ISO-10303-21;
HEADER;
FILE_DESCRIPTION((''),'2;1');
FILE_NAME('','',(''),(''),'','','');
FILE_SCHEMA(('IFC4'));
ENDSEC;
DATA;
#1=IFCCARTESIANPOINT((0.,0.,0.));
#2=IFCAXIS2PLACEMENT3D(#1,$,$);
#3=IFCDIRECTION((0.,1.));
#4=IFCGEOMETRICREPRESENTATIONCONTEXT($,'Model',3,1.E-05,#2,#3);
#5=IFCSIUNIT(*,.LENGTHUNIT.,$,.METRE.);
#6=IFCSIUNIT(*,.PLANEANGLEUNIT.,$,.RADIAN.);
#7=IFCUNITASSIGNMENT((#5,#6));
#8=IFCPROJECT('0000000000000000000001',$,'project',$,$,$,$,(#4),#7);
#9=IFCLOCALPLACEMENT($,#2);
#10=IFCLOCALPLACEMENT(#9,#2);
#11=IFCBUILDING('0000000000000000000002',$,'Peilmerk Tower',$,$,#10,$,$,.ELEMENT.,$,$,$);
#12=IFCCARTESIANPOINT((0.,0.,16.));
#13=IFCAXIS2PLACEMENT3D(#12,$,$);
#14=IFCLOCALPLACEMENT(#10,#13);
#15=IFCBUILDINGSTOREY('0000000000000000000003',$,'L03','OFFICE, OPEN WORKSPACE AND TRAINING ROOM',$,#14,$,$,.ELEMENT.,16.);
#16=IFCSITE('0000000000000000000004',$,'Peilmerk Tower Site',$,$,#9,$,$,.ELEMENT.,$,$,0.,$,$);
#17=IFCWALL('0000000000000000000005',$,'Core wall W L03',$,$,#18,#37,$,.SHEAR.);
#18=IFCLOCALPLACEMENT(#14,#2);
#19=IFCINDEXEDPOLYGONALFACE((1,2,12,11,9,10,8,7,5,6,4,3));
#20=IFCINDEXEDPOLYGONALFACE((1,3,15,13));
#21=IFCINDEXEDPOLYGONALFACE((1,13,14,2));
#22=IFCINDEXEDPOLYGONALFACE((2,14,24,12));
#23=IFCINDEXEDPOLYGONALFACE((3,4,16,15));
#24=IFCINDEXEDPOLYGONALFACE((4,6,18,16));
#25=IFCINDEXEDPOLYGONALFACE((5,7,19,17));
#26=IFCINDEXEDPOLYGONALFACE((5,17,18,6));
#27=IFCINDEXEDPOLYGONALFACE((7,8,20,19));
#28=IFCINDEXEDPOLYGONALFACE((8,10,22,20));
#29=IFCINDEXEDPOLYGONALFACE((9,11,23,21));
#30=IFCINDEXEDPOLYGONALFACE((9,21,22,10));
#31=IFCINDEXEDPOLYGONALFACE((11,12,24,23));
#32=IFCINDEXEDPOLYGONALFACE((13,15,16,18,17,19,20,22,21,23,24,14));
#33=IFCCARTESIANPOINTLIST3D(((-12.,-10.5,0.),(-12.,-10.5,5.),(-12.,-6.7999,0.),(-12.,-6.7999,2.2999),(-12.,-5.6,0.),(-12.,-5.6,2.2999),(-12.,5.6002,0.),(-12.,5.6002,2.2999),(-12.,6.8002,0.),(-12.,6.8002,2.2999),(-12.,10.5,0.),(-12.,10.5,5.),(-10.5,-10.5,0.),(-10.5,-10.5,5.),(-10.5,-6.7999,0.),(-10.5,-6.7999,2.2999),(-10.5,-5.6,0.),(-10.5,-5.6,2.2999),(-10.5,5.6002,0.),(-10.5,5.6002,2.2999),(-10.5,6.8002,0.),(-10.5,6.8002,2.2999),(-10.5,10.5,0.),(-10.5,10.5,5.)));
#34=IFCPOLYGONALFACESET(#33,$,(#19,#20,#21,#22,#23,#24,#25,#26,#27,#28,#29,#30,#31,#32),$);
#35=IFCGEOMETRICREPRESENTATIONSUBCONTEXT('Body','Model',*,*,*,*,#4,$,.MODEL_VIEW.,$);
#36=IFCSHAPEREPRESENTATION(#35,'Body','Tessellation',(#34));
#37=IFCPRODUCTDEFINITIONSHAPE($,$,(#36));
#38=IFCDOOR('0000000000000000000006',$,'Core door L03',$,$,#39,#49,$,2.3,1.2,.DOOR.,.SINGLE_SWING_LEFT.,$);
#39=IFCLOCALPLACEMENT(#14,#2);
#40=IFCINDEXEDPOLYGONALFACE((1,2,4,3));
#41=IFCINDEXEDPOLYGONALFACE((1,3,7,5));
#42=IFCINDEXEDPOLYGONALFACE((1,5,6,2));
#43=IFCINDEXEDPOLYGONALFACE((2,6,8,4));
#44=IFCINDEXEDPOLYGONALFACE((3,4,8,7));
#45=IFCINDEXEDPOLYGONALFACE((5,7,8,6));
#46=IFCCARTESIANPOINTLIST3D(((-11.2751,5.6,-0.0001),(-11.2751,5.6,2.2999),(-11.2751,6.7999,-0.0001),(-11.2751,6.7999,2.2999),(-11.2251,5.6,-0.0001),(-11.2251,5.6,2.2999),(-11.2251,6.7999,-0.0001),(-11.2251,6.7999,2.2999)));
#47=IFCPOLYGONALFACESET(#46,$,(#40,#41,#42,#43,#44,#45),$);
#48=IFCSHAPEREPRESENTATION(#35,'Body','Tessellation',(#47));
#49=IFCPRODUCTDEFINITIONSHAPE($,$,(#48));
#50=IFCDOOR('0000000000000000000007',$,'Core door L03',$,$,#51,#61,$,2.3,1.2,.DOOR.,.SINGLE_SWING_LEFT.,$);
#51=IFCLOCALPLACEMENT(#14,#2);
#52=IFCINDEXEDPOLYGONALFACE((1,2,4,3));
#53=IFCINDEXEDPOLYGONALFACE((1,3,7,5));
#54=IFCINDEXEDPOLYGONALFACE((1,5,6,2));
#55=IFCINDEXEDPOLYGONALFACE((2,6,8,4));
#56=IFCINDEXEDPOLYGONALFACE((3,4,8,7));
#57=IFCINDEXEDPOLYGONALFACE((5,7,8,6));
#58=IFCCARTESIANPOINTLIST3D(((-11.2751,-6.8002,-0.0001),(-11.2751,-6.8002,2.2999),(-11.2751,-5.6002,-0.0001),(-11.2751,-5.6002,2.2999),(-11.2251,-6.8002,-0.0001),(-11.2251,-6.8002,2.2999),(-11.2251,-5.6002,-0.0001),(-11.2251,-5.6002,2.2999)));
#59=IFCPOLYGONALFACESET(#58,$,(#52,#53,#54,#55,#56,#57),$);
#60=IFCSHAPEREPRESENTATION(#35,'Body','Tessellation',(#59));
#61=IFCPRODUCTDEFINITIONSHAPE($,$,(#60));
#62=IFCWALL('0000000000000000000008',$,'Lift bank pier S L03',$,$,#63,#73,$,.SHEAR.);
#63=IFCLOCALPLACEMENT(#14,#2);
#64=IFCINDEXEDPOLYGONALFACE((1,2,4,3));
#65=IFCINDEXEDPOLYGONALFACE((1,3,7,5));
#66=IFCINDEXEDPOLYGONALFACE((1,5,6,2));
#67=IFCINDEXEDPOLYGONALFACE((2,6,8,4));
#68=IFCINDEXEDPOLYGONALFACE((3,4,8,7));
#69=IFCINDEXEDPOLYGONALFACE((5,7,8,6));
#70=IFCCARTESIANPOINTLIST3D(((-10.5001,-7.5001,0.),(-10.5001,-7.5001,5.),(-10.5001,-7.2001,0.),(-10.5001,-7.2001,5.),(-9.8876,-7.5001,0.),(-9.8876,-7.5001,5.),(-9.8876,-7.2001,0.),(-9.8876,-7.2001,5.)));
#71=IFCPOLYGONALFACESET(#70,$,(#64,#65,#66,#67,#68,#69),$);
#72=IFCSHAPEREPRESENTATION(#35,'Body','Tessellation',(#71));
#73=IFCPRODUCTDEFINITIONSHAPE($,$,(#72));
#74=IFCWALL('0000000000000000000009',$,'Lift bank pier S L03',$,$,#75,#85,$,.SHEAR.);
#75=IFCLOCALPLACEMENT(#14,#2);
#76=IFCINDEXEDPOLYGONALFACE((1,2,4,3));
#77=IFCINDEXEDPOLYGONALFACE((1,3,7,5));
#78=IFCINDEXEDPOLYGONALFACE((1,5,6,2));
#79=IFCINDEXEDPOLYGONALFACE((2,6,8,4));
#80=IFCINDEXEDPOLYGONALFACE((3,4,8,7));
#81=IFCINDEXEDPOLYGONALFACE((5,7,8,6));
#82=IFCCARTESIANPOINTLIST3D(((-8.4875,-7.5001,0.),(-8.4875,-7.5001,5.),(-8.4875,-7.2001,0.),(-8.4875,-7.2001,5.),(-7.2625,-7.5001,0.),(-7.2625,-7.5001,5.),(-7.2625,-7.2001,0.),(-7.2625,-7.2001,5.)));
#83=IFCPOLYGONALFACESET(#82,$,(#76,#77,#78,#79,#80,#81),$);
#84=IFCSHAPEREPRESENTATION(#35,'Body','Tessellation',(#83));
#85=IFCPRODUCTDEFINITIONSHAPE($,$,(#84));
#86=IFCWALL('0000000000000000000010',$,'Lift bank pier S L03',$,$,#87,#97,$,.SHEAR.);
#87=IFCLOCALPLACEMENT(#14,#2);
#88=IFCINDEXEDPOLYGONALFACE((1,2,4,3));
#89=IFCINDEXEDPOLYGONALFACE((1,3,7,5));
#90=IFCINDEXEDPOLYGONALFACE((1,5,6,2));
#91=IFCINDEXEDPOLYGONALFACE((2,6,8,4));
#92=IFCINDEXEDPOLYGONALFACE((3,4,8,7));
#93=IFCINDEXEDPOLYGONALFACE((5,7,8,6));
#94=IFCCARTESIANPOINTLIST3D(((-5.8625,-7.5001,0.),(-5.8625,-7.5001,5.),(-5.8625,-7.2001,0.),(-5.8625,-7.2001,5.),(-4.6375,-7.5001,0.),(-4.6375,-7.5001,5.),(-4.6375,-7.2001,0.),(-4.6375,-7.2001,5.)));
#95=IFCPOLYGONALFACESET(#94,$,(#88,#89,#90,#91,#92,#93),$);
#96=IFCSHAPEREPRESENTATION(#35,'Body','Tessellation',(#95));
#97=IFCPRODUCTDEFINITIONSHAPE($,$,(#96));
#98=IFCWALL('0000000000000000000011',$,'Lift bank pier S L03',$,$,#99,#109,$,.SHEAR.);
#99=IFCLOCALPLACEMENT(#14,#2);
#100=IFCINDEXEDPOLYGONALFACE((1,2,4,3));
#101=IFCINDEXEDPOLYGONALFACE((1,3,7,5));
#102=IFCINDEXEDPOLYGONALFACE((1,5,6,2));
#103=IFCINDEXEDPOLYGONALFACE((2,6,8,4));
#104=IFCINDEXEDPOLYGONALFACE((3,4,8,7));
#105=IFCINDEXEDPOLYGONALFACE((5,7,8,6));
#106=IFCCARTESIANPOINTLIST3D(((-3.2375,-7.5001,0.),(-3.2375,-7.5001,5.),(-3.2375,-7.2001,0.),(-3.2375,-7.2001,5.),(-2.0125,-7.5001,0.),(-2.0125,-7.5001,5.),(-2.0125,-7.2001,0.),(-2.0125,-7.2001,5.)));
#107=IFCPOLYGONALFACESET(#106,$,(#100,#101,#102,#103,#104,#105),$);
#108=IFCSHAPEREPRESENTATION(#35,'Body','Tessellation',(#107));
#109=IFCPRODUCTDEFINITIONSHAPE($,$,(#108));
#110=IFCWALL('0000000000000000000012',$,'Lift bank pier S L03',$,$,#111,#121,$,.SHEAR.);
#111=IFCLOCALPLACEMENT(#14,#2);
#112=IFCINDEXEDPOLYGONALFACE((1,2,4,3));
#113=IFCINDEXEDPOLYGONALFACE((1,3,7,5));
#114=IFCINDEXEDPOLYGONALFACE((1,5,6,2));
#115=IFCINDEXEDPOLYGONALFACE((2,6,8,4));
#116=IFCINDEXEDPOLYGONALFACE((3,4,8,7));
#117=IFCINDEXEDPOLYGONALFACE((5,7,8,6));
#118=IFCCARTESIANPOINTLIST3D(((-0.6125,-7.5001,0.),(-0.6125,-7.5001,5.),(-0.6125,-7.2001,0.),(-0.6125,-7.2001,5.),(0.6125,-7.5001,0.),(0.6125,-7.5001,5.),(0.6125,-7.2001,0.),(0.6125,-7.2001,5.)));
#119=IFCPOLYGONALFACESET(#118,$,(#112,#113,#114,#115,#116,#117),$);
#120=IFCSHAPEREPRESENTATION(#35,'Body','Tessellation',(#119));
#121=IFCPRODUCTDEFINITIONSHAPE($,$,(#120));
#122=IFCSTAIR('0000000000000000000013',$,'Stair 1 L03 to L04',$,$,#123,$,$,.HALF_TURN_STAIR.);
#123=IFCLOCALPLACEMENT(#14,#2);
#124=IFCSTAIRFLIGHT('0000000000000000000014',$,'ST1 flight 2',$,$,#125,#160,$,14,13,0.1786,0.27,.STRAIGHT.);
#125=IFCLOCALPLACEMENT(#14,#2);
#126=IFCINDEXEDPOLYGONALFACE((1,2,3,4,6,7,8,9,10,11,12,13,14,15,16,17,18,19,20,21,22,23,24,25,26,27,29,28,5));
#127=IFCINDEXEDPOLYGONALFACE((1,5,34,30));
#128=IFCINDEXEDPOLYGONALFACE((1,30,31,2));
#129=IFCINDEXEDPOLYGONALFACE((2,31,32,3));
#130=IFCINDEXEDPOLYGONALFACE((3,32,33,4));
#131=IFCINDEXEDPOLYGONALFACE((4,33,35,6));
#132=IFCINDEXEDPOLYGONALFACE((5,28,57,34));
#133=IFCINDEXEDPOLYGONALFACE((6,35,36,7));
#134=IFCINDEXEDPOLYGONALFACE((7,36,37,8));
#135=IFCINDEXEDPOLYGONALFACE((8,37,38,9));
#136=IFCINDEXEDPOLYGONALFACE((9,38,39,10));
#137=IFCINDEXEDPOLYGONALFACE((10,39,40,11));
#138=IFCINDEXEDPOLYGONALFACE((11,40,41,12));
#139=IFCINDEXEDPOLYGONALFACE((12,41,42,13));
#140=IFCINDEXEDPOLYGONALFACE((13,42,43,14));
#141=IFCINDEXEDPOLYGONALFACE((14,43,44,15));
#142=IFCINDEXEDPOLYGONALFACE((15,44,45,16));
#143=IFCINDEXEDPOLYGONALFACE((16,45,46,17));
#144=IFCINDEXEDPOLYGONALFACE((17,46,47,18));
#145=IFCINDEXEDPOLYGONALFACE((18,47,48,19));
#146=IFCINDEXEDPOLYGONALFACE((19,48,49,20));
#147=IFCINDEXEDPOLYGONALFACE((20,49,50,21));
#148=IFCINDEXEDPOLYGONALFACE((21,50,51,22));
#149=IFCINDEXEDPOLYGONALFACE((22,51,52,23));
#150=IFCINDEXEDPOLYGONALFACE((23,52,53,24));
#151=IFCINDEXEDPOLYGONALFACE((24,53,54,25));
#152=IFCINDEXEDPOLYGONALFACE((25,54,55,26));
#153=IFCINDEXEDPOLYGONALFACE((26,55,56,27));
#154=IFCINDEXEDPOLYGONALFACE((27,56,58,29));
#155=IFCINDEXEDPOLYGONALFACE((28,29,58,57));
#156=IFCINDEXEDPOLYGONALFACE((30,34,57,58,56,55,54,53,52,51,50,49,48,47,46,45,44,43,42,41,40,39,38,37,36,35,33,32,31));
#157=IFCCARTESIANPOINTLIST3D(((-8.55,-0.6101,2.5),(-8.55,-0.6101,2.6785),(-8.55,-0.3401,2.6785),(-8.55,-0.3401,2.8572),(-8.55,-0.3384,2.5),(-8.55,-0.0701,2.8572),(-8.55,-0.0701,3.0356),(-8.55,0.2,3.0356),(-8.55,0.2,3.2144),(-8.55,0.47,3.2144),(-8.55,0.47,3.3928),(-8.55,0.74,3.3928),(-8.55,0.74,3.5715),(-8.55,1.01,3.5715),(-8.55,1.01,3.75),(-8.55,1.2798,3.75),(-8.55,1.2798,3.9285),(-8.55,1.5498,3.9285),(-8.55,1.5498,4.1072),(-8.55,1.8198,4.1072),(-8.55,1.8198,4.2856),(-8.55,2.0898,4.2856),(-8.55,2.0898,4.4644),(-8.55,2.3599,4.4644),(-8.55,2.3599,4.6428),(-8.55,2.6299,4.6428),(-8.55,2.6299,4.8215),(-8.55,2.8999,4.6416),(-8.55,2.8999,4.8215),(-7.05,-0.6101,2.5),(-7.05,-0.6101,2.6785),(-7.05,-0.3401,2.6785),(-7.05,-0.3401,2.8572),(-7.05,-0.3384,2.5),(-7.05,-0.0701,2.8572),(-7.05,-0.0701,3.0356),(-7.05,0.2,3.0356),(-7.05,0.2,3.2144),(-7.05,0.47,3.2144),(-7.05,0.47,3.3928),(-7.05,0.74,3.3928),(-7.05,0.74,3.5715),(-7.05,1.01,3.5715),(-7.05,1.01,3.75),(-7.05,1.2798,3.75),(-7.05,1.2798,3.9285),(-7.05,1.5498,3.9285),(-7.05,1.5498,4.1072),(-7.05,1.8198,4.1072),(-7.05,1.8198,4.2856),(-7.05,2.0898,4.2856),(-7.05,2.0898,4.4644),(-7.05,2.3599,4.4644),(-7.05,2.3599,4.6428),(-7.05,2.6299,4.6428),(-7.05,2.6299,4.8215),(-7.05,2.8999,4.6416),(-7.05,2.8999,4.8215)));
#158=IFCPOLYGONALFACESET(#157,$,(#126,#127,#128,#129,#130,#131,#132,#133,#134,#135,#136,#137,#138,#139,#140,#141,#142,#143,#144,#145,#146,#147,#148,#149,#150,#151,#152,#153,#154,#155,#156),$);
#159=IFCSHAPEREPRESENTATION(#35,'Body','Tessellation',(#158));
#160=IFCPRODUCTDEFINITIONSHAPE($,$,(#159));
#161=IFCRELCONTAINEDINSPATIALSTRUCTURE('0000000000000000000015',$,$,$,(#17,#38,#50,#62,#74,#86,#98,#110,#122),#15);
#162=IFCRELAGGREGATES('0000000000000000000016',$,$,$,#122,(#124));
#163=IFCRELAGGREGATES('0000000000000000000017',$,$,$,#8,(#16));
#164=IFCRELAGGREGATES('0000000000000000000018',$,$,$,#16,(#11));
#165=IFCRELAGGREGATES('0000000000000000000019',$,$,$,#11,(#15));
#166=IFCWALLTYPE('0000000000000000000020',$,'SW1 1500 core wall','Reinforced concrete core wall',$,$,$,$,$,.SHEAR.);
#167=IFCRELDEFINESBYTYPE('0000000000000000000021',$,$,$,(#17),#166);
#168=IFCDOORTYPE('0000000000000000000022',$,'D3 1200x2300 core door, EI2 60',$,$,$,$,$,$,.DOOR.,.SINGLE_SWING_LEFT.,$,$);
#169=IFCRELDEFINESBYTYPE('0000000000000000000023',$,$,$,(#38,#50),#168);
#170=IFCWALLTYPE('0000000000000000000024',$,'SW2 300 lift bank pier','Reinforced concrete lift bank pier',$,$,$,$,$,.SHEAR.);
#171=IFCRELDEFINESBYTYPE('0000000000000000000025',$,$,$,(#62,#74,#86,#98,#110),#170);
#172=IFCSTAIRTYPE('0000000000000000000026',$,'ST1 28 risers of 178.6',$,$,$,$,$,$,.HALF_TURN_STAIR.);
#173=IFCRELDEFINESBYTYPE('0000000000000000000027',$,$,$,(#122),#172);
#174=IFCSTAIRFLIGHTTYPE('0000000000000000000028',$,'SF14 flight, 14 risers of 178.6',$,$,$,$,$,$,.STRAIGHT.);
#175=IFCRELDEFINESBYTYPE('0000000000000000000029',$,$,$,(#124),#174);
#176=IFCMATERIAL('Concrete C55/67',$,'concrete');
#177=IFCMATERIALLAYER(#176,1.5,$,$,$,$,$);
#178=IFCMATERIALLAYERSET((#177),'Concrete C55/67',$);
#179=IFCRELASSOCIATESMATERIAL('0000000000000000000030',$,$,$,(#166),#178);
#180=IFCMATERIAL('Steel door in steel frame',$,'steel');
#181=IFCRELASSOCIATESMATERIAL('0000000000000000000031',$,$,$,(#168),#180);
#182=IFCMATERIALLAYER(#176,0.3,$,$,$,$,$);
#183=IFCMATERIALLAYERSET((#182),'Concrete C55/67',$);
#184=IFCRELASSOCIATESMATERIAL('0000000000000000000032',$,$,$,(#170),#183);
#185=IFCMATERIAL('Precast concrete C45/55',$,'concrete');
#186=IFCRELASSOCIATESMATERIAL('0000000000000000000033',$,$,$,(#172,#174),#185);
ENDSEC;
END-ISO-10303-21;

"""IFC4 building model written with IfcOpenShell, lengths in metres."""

from ifc_helpers import new_model, si_unit, direction, frame, frame_2d, origin, place, context, subcontext, project, spatial, polyline, rectangle, outline, extrude, material, layer, layer_set, type_object, element, fill, aggregate, save


model = new_model("IFC4")

# Units and contexts
model_context = context("Model", 3, precision=1e-05, world=origin(), true_north=direction((0.0, 1.0)))
body_context = subcontext(model_context, "Body", "Model", "MODEL_VIEW")
ifc_project = project(units=[si_unit("LENGTHUNIT", "METRE"), si_unit("PLANEANGLEUNIT", "RADIAN")], contexts=[model_context])

# Site, building, storey
site_placement = place(None, origin())
site = spatial("IfcSite", under=ifc_project, at=site_placement, Name="Peilmerk Tower Site", CompositionType="ELEMENT", RefElevation=0.0)
building_placement = place(site_placement, origin())
building = spatial("IfcBuilding", under=site, at=building_placement, Name="Peilmerk Tower", CompositionType="ELEMENT")
storey_placement = place(building_placement, frame((0.0, 0.0, 16.0)))
storey = spatial("IfcBuildingStorey", under=building, at=storey_placement, Name="L03", Description="OFFICE, OPEN WORKSPACE AND TRAINING ROOM", CompositionType="ELEMENT", Elevation=16.0)

# Shared definitions
ifc_material_1 = material(Name="Steel door in steel frame", Category="steel")

# Wall, openings, doors
ifc_material_2 = material(Name="Concrete C55/67", Category="concrete")
ifc_layer_1 = layer(ifc_material_2, 1.5)
ifc_layer_set_1 = layer_set([ifc_layer_1], Name="Concrete C55/67")
wall_type_1 = type_object("IfcWallType", Name="SW1 1500 core wall", Description="Reinforced concrete core wall", PredefinedType="SHEAR", material=ifc_layer_set_1)
wall_1_placement = place(storey_placement, frame((-11.25, -10.5, 0.0), z_axis=(0.0, 0.0, 1.0), x_axis=(0.0, 1.0, 0.0)))
wall_1 = element("IfcWall", 1, at=wall_1_placement, inside=storey, type_object=wall_type_1, Name="Core wall W L03", PredefinedType="SHEAR", context=body_context, shape_type="SweptSolid", body=[
    extrude(rectangle(XDim=21.0, YDim=1.5, at=frame_2d((10.5, 0.0))), origin(), (0.0, 0.0, 1.0), 5.0),
])
opening_1_placement = place(wall_1_placement, frame((16.1001, 0.0, 0.0)))
opening_1 = element("IfcOpeningElement", 2, at=opening_1_placement, cuts=wall_1, PredefinedType="OPENING", context=body_context, shape_type="SweptSolid", body=[
    extrude(rectangle(XDim=1.2, YDim=2.3, at=frame_2d((0.6001, 1.1499))), frame((0.0, 0.76, 0.0), z_axis=(0.0, -1.0, 0.0), x_axis=(1.0, 0.0, 0.0)), (0.0, 0.0, 1.0), 1.52),
])
opening_2_placement = place(wall_1_placement, frame((3.7, 0.0, 0.0)))
opening_2 = element("IfcOpeningElement", 3, at=opening_2_placement, cuts=wall_1, PredefinedType="OPENING", context=body_context, shape_type="SweptSolid", body=[
    extrude(rectangle(XDim=1.2, YDim=2.3, at=frame_2d((0.6001, 1.1499))), frame((0.0, 0.76, 0.0), z_axis=(0.0, -1.0, 0.0), x_axis=(1.0, 0.0, 0.0)), (0.0, 0.0, 1.0), 1.52),
])
door_type_1 = type_object("IfcDoorType", Name="D3 1200x2300 core door, EI2 60", OperationType="SINGLE_SWING_LEFT", PredefinedType="DOOR", material=ifc_material_1)
door_1_placement = place(opening_1_placement, frame((1.2, 0.0, 0.0), z_axis=(0.0, 0.0, 1.0), x_axis=(-1.0, 0.0, 0.0)))
door_1 = element("IfcDoor", 4, at=door_1_placement, inside=storey, type_object=door_type_1, Name="Core door L03", OperationType="SINGLE_SWING_LEFT", OverallHeight=2.3, OverallWidth=1.2, PredefinedType="DOOR", context=body_context, shape_type="SweptSolid", body=[
    extrude(rectangle(XDim=1.2, YDim=2.3, at=frame_2d((0.6001, 1.1499))), frame((0.0, 0.0249, 0.0), z_axis=(0.0, -1.0, 0.0), x_axis=(1.0, 0.0, 0.0)), (0.0, 0.0, 1.0), 0.05),
])
fill(opening_1, door_1)
door_2_placement = place(opening_2_placement, frame((1.2, 0.0, 0.0), z_axis=(0.0, 0.0, 1.0), x_axis=(-1.0, 0.0, 0.0)))
door_2 = element("IfcDoor", 5, at=door_2_placement, inside=storey, type_object=door_type_1, Name="Core door L03", OperationType="SINGLE_SWING_LEFT", OverallHeight=2.3, OverallWidth=1.2, PredefinedType="DOOR", context=body_context, shape_type="SweptSolid", body=[
    extrude(rectangle(XDim=1.2, YDim=2.3, at=frame_2d((0.6001, 1.1499))), frame((0.0, 0.0249, 0.0), z_axis=(0.0, -1.0, 0.0), x_axis=(1.0, 0.0, 0.0)), (0.0, 0.0, 1.0), 0.05),
])
fill(opening_2, door_2)

# Walls
ifc_layer_2 = layer(ifc_material_2, 0.3)
ifc_layer_set_2 = layer_set([ifc_layer_2], Name="Concrete C55/67")
wall_type_2 = type_object("IfcWallType", Name="SW2 300 lift bank pier", Description="Reinforced concrete lift bank pier", PredefinedType="SHEAR", material=ifc_layer_set_2)
wall_2_placement = place(storey_placement, frame((-10.5, -7.3501, 0.0), z_axis=(0.0, 0.0, 1.0), x_axis=(1.0, 0.0, 0.0)))
element("IfcWall", 6, at=wall_2_placement, inside=storey, type_object=wall_type_2, Name="Lift bank pier S L03", PredefinedType="SHEAR", context=body_context, shape_type="SweptSolid", body=[
    extrude(rectangle(XDim=0.6125, YDim=0.3, at=frame_2d((0.3062, 0.0))), origin(), (0.0, 0.0, 1.0), 5.0),
])
for number, where, z_axis, x_axis, name in (
    (7, (-8.4875, -7.3501, 0.0), (0.0, 0.0, 1.0), (1.0, 0.0, 0.0), "Lift bank pier S L03"),
    (8, (-5.8625, -7.3501, 0.0), (0.0, 0.0, 1.0), (1.0, 0.0, 0.0), "Lift bank pier S L03"),
    (9, (-3.2375, -7.3501, 0.0), (0.0, 0.0, 1.0), (1.0, 0.0, 0.0), "Lift bank pier S L03"),
    (10, (-0.6125, -7.3501, 0.0), (0.0, 0.0, 1.0), (1.0, 0.0, 0.0), "Lift bank pier S L03"),
):
    element("IfcWall", number, at=place(storey_placement, frame(where, z_axis=z_axis, x_axis=x_axis)), inside=storey, type_object=wall_type_2, Name=name, PredefinedType="SHEAR", context=body_context, shape_type="SweptSolid", body=[
        extrude(rectangle(XDim=1.2251, YDim=0.3, at=frame_2d((0.6125, 0.0))), origin(), (0.0, 0.0, 1.0), 5.0),
    ])

# Stair, stair flight
ifc_material_3 = material(Name="Precast concrete C45/55", Category="concrete")
stair_type = type_object("IfcStairType", Name="ST1 28 risers of 178.6", PredefinedType="HALF_TURN_STAIR", material=ifc_material_3)
stair_placement = place(storey_placement, origin())
stair = element("IfcStair", 11, at=stair_placement, inside=storey, type_object=stair_type, Name="Stair 1 L03 to L04", PredefinedType="HALF_TURN_STAIR")
stair_flight_type = type_object("IfcStairFlightType", Name="SF14 flight, 14 risers of 178.6", PredefinedType="STRAIGHT", material=ifc_material_3)
stair_flight_placement = place(storey_placement, frame((-7.8, -0.6101, 2.5), z_axis=(0.0, 0.0, 1.0), x_axis=(0.0, 1.0, 0.0)))
stair_flight = element("IfcStairFlight", 12, at=stair_flight_placement, type_object=stair_flight_type, Name="ST1 flight 2", NumberOfRisers=14, NumberOfTreads=13, PredefinedType="STRAIGHT", RiserHeight=0.1786, TreadLength=0.27, context=body_context, shape_type="SweptSolid", body=[
    extrude(outline(polyline([(0.0, 0.0), (0.0, 0.1785), (0.27, 0.1785), (0.27, 0.3572), (0.54, 0.3572), (0.54, 0.5356), (0.8101, 0.5356), (0.8101, 0.7144), (1.0801, 0.7144), (1.0801, 0.8928), (1.3501, 0.8928), (1.3501, 1.0715), (1.6201, 1.0715), (1.6201, 1.25), (1.8899, 1.25), (1.8899, 1.4285), (2.1599, 1.4285), (2.1599, 1.6072), (2.4299, 1.6072), (2.4299, 1.7856), (2.7, 1.7856), (2.7, 1.9644), (2.97, 1.9644), (2.97, 2.1428), (3.24, 2.1428), (3.24, 2.3215), (3.51, 2.3215), (3.51, 2.5), (3.51, 2.1416), (0.2717, 0.0), (0.0, 0.0)])), frame((0.0, 0.75, 0.0), z_axis=(0.0, -1.0, 0.0), x_axis=(1.0, 0.0, 0.0)), (0.0, 0.0, 1.0), 1.5),
])
aggregate(stair, [stair_flight])

save(model, "model.ifc")
